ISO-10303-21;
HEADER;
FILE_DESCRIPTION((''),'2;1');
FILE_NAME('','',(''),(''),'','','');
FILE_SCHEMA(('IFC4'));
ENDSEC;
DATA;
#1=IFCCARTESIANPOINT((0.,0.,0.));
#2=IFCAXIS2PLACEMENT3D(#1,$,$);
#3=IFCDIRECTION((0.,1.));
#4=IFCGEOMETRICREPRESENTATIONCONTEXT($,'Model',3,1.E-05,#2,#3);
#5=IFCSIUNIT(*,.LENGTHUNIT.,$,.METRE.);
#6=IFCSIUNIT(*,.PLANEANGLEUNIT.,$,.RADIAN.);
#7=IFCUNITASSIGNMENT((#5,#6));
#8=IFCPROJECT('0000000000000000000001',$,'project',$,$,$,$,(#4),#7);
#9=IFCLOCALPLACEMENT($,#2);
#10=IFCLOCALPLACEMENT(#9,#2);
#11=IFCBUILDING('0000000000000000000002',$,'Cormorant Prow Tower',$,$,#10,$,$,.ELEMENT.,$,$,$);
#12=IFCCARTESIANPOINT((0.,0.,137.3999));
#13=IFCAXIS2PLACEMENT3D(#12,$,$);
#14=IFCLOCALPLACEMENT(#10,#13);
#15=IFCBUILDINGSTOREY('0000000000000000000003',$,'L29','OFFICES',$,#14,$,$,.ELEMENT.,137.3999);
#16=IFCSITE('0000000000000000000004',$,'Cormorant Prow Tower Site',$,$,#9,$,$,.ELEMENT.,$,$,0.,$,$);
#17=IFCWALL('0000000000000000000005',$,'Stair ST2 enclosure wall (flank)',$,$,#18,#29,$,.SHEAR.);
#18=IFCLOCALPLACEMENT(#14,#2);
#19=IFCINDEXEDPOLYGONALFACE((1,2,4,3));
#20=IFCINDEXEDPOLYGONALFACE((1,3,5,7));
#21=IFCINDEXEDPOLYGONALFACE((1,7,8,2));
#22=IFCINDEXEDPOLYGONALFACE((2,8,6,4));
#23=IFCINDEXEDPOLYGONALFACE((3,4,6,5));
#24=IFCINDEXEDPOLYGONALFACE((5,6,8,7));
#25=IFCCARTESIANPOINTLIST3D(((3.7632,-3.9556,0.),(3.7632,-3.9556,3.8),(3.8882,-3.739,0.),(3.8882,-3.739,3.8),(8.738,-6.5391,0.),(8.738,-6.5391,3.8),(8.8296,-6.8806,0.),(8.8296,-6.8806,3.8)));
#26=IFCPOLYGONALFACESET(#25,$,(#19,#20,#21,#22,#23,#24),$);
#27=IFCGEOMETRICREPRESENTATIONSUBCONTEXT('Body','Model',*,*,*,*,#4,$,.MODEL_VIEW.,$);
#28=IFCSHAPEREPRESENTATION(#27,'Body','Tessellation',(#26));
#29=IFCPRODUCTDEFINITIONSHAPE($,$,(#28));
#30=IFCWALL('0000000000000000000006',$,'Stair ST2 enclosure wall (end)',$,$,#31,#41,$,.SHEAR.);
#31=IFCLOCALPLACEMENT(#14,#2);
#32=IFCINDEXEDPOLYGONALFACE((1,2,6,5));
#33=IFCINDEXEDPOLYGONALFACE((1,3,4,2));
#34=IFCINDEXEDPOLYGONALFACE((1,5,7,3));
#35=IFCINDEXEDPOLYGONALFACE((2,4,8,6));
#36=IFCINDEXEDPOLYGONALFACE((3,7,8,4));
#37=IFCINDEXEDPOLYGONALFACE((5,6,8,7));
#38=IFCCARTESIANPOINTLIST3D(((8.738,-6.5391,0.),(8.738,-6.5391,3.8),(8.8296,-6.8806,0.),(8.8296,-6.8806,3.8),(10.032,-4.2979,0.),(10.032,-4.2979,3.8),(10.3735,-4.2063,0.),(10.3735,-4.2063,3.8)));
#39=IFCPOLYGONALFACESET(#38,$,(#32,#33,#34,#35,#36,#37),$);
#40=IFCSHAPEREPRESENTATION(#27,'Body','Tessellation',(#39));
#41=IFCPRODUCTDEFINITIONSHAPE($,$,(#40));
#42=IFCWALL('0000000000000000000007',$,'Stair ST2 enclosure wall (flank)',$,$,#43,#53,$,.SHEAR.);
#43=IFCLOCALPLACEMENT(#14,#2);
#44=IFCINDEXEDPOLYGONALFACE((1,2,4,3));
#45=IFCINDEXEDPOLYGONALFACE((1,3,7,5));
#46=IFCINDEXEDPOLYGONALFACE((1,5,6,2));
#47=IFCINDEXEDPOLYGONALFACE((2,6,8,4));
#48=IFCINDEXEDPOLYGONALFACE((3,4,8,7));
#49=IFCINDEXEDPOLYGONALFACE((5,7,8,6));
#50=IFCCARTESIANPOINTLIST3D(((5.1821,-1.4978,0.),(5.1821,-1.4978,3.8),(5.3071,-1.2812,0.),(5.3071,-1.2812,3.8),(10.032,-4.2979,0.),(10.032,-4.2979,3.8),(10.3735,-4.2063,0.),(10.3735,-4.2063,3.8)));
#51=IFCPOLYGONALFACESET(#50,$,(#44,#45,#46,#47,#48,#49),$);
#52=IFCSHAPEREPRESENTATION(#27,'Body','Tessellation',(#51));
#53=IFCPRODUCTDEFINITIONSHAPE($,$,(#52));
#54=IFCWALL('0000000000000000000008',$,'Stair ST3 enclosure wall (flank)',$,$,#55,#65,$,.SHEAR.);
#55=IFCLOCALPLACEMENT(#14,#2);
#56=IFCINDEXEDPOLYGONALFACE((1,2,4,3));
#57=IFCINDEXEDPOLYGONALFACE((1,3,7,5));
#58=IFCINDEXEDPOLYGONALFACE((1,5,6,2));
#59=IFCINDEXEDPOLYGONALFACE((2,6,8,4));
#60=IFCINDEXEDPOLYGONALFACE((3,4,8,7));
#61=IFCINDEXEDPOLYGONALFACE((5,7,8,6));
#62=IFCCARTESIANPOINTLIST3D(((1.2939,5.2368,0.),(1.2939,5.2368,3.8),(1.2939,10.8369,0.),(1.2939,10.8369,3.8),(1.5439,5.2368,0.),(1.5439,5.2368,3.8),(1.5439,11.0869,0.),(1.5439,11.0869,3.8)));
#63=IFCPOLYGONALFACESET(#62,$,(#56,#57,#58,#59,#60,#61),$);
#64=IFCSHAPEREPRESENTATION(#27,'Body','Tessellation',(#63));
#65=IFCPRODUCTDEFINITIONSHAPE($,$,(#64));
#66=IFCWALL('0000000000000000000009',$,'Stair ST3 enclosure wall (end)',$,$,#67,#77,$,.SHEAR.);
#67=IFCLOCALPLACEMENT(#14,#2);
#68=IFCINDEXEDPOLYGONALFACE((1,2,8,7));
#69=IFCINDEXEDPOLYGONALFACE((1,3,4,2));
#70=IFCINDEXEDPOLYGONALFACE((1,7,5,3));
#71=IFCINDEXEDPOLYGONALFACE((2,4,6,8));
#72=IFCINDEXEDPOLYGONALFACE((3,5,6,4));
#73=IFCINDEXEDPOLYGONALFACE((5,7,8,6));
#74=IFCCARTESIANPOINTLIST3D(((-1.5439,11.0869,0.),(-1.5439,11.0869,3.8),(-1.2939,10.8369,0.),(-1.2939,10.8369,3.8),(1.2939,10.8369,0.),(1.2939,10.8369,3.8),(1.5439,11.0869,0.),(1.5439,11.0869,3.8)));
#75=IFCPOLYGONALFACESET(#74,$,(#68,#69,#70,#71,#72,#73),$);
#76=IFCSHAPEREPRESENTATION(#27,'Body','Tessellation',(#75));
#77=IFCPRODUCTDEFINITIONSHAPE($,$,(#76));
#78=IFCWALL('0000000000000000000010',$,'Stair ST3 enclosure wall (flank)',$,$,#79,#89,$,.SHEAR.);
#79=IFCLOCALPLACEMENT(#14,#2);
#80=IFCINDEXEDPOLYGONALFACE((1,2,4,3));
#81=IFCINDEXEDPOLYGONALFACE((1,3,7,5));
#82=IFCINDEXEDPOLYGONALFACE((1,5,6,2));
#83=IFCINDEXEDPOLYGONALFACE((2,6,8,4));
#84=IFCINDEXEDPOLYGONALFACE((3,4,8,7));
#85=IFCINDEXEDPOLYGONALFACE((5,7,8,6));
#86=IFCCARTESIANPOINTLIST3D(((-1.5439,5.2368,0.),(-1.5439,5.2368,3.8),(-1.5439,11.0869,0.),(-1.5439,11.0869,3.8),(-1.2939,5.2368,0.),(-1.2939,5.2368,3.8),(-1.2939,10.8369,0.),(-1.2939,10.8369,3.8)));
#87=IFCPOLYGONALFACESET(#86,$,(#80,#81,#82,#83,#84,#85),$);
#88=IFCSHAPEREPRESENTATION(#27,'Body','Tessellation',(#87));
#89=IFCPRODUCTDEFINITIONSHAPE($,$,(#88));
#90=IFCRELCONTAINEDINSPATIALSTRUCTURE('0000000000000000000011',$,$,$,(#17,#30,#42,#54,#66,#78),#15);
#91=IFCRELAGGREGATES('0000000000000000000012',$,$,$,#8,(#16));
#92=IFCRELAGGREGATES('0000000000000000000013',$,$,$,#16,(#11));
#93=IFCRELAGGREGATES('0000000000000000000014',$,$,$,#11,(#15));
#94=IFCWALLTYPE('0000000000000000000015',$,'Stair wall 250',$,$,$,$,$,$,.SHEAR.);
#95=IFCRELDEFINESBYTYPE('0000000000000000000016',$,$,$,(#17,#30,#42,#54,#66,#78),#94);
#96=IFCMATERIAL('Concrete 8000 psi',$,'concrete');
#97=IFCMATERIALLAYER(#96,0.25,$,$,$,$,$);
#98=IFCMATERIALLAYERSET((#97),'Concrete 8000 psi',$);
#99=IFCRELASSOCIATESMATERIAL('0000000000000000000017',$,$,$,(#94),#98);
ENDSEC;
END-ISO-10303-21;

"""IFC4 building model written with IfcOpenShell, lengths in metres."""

from ifc_helpers import new_model, si_unit, direction, frame, origin, place, context, subcontext, project, spatial, polyline, outline, extrude, material, layer, layer_set, type_object, element, save


model = new_model("IFC4")

# Units and contexts
model_context = context("Model", 3, precision=1e-05, world=origin(), true_north=direction((0.0, 1.0)))
body_context = subcontext(model_context, "Body", "Model", "MODEL_VIEW")
ifc_project = project(units=[si_unit("LENGTHUNIT", "METRE"), si_unit("PLANEANGLEUNIT", "RADIAN")], contexts=[model_context])

# Site, building, storey
site_placement = place(None, origin())
site = spatial("IfcSite", under=ifc_project, at=site_placement, Name="Cormorant Prow Tower Site", CompositionType="ELEMENT", RefElevation=0.0)
building_placement = place(site_placement, origin())
building = spatial("IfcBuilding", under=site, at=building_placement, Name="Cormorant Prow Tower", CompositionType="ELEMENT")
storey_placement = place(building_placement, frame((0.0, 0.0, 137.3999)))
storey = spatial("IfcBuildingStorey", under=building, at=storey_placement, Name="L29", Description="OFFICES", CompositionType="ELEMENT", Elevation=137.3999)

# Walls
ifc_material_1 = material(Name="Concrete 8000 psi", Category="concrete")
ifc_layer_1 = layer(ifc_material_1, 0.25)
ifc_layer_set_1 = layer_set([ifc_layer_1], Name="Concrete 8000 psi")
wall_type_1 = type_object("IfcWallType", Name="Stair wall 250", PredefinedType="SHEAR", material=ifc_layer_set_1)
wall_1_placement = place(storey_placement, origin())
element("IfcWall", 1, at=wall_1_placement, inside=storey, type_object=wall_type_1, Name="Stair ST2 enclosure wall (flank)", PredefinedType="SHEAR", context=body_context, shape_type="SweptSolid", body=[
    extrude(outline(polyline([(3.7632, -3.9556), (8.8296, -6.8806), (8.738, -6.5391), (3.8882, -3.739), (3.7632, -3.9556)])), origin(), (0.0, 0.0, 1.0), 3.8),
])
wall_2_placement = place(storey_placement, origin())
element("IfcWall", 2, at=wall_2_placement, inside=storey, type_object=wall_type_1, Name="Stair ST2 enclosure wall (end)", PredefinedType="SHEAR", context=body_context, shape_type="SweptSolid", body=[
    extrude(outline(polyline([(8.8296, -6.8806), (10.3735, -4.2063), (10.032, -4.2979), (8.738, -6.5391), (8.8296, -6.8806)])), origin(), (0.0, 0.0, 1.0), 3.8),
])
wall_3_placement = place(storey_placement, origin())
element("IfcWall", 3, at=wall_3_placement, inside=storey, type_object=wall_type_1, Name="Stair ST2 enclosure wall (flank)", PredefinedType="SHEAR", context=body_context, shape_type="SweptSolid", body=[
    extrude(outline(polyline([(10.032, -4.2979), (10.3735, -4.2063), (5.3071, -1.2812), (5.1821, -1.4978), (10.032, -4.2979)])), origin(), (0.0, 0.0, 1.0), 3.8),
])
wall_4_placement = place(storey_placement, origin())
element("IfcWall", 4, at=wall_4_placement, inside=storey, type_object=wall_type_1, Name="Stair ST3 enclosure wall (flank)", PredefinedType="SHEAR", context=body_context, shape_type="SweptSolid", body=[
    extrude(outline(polyline([(1.5439, 5.2368), (1.5439, 11.0869), (1.2939, 10.8369), (1.2939, 5.2368), (1.5439, 5.2368)])), origin(), (0.0, 0.0, 1.0), 3.8),
])
wall_5_placement = place(storey_placement, origin())
element("IfcWall", 5, at=wall_5_placement, inside=storey, type_object=wall_type_1, Name="Stair ST3 enclosure wall (end)", PredefinedType="SHEAR", context=body_context, shape_type="SweptSolid", body=[
    extrude(outline(polyline([(1.5439, 11.0869), (-1.5439, 11.0869), (-1.2939, 10.8369), (1.2939, 10.8369), (1.5439, 11.0869)])), origin(), (0.0, 0.0, 1.0), 3.8),
])
wall_6_placement = place(storey_placement, origin())
element("IfcWall", 6, at=wall_6_placement, inside=storey, type_object=wall_type_1, Name="Stair ST3 enclosure wall (flank)", PredefinedType="SHEAR", context=body_context, shape_type="SweptSolid", body=[
    extrude(outline(polyline([(-1.2939, 10.8369), (-1.5439, 11.0869), (-1.5439, 5.2368), (-1.2939, 5.2368), (-1.2939, 10.8369)])), origin(), (0.0, 0.0, 1.0), 3.8),
])

save(model, "model.ifc")
